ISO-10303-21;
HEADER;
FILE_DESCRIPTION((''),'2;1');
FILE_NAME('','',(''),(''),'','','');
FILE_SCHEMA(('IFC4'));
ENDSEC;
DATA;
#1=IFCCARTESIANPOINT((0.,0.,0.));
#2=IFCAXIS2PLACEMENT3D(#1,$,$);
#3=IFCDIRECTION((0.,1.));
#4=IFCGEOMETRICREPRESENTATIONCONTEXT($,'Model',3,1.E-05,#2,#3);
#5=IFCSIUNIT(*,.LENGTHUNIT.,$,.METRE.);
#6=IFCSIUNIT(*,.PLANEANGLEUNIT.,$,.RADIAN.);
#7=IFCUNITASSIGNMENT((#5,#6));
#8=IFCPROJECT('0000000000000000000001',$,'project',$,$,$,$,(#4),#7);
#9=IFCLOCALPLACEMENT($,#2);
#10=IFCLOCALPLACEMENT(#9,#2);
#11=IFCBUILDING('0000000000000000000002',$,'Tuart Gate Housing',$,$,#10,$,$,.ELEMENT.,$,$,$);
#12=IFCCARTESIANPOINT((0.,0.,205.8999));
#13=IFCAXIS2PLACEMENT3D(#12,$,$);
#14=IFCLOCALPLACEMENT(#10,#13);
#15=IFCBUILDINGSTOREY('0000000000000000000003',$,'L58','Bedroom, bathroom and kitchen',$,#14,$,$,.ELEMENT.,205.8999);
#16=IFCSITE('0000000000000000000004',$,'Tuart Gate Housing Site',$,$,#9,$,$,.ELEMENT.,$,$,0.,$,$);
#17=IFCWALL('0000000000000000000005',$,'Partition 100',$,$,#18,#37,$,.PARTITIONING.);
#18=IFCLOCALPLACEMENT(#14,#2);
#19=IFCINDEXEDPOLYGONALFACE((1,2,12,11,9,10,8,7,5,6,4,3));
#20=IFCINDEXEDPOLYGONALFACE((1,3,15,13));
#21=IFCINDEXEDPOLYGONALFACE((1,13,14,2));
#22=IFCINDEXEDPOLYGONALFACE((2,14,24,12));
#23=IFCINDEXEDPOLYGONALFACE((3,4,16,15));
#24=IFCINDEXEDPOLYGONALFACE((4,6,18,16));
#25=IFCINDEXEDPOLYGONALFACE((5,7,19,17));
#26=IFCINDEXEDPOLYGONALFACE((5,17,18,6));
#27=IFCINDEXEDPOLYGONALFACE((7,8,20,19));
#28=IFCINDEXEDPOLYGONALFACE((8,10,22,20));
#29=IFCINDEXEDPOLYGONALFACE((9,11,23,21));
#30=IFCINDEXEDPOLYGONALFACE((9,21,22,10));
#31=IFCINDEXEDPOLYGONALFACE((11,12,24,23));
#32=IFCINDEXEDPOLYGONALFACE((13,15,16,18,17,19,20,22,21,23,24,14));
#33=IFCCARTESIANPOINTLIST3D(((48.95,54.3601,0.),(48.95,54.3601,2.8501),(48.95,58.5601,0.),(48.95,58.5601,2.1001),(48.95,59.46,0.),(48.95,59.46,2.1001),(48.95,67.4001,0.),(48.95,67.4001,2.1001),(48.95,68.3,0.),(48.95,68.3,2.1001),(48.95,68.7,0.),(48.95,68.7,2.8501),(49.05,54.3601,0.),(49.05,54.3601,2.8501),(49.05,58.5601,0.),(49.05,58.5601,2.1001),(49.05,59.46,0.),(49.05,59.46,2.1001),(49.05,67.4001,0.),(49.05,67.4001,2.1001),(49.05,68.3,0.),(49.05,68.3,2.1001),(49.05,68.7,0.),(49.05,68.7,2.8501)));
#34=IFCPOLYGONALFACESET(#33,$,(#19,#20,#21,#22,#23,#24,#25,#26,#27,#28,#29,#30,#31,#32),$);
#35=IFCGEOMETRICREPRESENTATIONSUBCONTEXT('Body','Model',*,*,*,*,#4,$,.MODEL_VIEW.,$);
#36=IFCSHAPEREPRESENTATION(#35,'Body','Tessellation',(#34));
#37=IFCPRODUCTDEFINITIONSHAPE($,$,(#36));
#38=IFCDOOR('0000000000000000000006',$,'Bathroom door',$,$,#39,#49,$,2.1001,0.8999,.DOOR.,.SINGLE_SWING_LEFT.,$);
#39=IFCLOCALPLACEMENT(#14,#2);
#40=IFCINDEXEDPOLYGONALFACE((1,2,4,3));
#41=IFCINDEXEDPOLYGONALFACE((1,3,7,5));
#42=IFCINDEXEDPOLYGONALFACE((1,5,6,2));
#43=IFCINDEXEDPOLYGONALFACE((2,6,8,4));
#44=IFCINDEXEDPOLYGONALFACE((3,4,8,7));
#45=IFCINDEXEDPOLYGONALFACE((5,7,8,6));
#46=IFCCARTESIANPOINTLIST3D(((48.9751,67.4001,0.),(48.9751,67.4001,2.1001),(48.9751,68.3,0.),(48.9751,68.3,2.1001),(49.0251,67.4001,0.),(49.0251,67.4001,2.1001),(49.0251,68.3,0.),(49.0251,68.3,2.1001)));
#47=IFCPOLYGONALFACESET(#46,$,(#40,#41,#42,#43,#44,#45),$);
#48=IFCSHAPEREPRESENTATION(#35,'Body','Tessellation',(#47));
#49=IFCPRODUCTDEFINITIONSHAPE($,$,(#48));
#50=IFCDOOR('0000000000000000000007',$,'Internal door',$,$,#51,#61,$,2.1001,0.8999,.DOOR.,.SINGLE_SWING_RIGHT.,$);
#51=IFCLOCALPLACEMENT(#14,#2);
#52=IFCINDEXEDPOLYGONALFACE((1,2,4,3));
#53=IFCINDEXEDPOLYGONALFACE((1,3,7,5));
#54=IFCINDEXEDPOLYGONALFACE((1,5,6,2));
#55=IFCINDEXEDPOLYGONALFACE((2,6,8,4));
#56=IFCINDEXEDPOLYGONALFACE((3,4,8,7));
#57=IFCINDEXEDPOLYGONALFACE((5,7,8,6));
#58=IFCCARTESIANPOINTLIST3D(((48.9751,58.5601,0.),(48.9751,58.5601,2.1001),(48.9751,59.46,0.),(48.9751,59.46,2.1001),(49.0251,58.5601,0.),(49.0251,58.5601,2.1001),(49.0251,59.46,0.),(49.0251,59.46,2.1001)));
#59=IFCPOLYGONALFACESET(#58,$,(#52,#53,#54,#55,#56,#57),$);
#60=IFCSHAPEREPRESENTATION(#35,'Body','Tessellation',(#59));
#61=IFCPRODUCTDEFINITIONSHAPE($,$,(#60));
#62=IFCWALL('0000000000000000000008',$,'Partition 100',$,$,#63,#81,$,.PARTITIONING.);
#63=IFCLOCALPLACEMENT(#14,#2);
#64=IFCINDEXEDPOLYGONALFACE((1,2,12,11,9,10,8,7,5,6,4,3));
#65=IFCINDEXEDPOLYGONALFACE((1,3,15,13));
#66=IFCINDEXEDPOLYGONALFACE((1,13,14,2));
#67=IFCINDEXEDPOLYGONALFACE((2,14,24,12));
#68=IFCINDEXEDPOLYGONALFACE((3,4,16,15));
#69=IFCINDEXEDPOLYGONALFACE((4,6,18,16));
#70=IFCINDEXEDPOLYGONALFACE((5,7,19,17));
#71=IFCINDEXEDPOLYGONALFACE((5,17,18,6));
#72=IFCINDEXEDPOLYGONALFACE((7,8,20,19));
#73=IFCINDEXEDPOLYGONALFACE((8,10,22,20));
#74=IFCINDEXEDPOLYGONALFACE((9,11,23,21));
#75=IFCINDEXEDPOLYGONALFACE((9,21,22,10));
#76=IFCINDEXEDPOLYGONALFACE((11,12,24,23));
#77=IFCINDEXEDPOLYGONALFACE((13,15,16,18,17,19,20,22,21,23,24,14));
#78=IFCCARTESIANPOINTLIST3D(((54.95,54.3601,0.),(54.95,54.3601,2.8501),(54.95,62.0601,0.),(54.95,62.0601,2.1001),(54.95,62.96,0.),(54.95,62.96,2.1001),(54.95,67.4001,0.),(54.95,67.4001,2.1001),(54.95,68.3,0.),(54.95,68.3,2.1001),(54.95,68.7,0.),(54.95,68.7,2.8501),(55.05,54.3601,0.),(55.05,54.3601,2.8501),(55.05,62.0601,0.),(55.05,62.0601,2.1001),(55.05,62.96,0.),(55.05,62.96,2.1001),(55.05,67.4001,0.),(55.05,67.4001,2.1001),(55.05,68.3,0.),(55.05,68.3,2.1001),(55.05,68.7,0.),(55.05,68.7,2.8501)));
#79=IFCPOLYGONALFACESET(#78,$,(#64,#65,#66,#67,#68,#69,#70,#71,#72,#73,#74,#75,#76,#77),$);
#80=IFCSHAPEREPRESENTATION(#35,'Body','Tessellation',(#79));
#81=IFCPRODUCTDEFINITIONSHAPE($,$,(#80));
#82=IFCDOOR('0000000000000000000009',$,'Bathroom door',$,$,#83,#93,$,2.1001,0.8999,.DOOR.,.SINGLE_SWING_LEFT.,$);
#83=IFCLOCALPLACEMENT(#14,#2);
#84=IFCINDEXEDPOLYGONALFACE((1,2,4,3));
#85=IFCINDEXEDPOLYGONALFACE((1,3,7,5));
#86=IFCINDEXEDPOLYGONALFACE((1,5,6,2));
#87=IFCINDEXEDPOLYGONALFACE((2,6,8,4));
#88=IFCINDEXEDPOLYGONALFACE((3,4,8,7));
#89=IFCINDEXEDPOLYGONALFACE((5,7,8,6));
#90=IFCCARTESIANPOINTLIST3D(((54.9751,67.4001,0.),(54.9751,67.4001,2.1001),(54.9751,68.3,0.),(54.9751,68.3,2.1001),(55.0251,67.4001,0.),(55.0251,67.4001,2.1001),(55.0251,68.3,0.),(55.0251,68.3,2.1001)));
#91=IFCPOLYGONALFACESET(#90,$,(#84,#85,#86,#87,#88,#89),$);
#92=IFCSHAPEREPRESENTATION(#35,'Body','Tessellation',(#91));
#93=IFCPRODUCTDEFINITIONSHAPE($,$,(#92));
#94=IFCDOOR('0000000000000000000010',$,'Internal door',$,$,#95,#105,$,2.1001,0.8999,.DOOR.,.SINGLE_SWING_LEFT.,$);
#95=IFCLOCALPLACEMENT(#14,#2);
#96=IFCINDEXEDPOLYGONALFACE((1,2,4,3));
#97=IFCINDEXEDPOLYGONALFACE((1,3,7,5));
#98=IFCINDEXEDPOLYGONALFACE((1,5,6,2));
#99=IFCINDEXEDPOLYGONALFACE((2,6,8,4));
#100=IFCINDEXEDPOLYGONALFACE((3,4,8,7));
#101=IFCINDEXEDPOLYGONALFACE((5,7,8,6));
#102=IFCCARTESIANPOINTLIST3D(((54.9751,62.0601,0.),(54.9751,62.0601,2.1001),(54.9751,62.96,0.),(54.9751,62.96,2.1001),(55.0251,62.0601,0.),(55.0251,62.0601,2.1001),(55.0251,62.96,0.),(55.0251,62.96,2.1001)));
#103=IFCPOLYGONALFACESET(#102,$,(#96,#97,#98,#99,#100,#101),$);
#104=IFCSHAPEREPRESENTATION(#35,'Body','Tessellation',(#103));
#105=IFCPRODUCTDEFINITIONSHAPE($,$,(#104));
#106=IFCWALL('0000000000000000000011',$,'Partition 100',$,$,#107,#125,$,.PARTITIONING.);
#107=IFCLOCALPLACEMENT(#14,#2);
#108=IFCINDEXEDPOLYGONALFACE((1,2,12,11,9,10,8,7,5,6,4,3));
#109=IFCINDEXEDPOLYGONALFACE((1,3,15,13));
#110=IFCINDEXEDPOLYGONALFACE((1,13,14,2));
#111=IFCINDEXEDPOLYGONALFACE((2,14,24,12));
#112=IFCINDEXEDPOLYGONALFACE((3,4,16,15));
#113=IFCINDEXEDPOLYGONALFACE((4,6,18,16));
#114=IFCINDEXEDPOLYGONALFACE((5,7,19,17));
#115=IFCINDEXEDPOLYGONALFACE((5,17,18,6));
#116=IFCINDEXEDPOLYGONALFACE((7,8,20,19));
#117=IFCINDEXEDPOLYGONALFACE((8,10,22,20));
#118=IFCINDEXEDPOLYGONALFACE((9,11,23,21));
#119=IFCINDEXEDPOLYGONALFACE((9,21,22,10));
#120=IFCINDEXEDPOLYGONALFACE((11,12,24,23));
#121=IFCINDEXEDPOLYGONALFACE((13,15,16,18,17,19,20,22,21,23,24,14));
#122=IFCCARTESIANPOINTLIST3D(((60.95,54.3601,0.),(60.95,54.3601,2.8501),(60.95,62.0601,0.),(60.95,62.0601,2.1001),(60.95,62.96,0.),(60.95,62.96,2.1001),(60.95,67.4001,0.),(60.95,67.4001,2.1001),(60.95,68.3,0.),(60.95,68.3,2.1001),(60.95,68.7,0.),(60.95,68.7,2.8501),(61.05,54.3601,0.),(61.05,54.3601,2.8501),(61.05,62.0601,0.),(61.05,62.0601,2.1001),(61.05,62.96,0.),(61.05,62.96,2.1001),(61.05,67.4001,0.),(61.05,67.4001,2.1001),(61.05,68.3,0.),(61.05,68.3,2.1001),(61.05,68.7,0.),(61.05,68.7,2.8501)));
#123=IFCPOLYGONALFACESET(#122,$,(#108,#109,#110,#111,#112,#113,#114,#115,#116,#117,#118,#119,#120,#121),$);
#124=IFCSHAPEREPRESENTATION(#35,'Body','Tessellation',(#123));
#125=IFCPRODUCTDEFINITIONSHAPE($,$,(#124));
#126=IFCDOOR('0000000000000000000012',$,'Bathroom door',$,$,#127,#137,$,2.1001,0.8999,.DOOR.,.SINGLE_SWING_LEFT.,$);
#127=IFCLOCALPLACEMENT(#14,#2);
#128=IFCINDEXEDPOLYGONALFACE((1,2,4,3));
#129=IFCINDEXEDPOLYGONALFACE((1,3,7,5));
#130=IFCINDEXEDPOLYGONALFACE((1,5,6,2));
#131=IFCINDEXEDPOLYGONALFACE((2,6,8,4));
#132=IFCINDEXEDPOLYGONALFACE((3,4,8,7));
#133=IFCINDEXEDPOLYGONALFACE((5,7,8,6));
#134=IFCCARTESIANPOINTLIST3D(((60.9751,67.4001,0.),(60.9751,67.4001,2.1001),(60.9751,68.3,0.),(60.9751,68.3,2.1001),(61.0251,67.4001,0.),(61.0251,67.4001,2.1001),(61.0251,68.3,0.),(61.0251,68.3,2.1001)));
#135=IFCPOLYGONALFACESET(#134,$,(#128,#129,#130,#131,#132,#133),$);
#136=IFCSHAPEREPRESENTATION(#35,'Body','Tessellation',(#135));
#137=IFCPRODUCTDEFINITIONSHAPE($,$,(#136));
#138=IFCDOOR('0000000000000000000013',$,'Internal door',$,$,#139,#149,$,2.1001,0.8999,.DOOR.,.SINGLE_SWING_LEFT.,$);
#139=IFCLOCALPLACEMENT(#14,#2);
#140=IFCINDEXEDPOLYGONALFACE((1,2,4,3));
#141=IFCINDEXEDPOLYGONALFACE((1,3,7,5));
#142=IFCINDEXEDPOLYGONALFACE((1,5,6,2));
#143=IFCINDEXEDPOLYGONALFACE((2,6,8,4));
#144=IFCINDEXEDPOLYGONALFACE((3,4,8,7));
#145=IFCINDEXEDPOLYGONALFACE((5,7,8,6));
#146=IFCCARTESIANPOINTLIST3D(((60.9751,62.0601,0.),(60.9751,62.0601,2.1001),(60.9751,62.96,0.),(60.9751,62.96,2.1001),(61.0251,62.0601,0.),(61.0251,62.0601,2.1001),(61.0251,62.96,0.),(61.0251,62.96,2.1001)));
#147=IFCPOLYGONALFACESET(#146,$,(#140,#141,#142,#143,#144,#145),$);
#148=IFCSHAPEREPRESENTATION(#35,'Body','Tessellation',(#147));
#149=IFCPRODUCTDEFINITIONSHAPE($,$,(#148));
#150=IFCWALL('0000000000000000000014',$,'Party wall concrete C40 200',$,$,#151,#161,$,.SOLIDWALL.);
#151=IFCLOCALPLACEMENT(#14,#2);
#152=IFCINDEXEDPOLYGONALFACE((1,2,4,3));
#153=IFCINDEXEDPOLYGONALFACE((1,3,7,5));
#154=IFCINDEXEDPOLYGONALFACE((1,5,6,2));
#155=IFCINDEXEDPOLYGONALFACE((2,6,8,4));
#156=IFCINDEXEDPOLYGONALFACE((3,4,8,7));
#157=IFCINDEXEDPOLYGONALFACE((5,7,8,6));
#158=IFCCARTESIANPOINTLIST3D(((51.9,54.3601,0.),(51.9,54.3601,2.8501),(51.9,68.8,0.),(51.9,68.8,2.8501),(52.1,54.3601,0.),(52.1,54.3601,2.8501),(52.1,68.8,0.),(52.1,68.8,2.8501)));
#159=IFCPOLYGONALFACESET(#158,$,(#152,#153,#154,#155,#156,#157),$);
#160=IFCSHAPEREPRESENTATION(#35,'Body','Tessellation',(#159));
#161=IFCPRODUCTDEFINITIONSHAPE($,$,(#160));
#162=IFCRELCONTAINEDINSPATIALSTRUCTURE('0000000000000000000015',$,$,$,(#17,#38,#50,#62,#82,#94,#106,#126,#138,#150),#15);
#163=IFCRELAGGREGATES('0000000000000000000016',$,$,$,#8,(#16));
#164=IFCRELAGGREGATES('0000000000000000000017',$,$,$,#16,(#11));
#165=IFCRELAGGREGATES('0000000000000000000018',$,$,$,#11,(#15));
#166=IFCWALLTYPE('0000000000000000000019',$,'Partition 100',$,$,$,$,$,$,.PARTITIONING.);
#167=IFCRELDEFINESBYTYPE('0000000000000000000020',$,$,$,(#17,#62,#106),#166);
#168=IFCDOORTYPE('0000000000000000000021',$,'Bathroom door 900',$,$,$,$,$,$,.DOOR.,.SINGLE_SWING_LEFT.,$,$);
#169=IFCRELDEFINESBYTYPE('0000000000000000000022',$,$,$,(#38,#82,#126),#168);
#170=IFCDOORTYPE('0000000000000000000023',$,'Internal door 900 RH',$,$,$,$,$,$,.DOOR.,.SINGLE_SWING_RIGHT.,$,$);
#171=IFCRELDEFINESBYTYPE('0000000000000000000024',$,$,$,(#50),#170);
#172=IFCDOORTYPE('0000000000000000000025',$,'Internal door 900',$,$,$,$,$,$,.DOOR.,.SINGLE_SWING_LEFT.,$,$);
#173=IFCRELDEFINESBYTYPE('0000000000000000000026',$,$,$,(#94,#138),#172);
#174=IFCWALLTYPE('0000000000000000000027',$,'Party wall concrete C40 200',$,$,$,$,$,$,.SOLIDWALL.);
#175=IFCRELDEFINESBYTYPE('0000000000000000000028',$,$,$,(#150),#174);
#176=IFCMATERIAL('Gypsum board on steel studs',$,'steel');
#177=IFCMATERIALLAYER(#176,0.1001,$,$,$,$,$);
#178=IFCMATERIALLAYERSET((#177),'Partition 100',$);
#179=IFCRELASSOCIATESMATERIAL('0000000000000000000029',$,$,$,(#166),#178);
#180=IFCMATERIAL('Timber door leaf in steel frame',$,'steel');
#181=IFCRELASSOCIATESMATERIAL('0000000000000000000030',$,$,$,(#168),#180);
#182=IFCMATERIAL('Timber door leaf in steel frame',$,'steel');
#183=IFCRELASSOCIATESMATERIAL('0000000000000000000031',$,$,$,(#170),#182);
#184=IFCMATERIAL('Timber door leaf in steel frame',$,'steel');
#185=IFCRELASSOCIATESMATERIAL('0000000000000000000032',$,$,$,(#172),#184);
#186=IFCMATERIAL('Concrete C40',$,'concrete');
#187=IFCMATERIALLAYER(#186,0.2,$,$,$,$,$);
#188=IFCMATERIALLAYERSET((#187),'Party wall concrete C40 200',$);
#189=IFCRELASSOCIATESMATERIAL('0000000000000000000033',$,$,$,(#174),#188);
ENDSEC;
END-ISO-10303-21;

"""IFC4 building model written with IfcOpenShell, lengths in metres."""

from ifc_helpers import new_model, si_unit, direction, frame, frame_2d, origin, place, context, subcontext, project, spatial, rectangle, extrude, material, layer, layer_set, type_object, element, fill, save


model = new_model("IFC4")

# Units and contexts
model_context = context("Model", 3, precision=1e-05, world=origin(), true_north=direction((0.0, 1.0)))
body_context = subcontext(model_context, "Body", "Model", "MODEL_VIEW")
ifc_project = project(units=[si_unit("LENGTHUNIT", "METRE"), si_unit("PLANEANGLEUNIT", "RADIAN")], contexts=[model_context])

# Site, building, storey
site_placement = place(None, origin())
site = spatial("IfcSite", under=ifc_project, at=site_placement, Name="Tuart Gate Housing Site", CompositionType="ELEMENT", RefElevation=0.0)
building_placement = place(site_placement, origin())
building = spatial("IfcBuilding", under=site, at=building_placement, Name="Tuart Gate Housing", CompositionType="ELEMENT")
storey_placement = place(building_placement, frame((0.0, 0.0, 205.8999)))
storey = spatial("IfcBuildingStorey", under=building, at=storey_placement, Name="L58", Description="Bedroom, bathroom and kitchen", CompositionType="ELEMENT", Elevation=205.8999)

# Walls, openings, doors
ifc_material_1 = material(Name="Gypsum board on steel studs", Category="steel")
ifc_layer_1 = layer(ifc_material_1, 0.1001)
ifc_layer_set_1 = layer_set([ifc_layer_1], Name="Partition 100")
wall_type_1 = type_object("IfcWallType", Name="Partition 100", PredefinedType="PARTITIONING", material=ifc_layer_set_1)
wall_1_placement = place(storey_placement, frame((49.0, 54.3601, 0.0), z_axis=(0.0, 0.0, 1.0), x_axis=(0.0, 1.0, 0.0)))
wall_1 = element("IfcWall", 1, at=wall_1_placement, inside=storey, type_object=wall_type_1, Name="Partition 100", PredefinedType="PARTITIONING", context=body_context, shape_type="SweptSolid", body=[
    extrude(rectangle(XDim=14.3398, YDim=0.1001, at=frame_2d((7.1699, 0.0))), origin(), (0.0, 0.0, 1.0), 2.8501),
])
opening_1_placement = place(wall_1_placement, frame((4.2, 0.0, 0.0)))
opening_1 = element("IfcOpeningElement", 2, at=opening_1_placement, cuts=wall_1, PredefinedType="OPENING", context=body_context, shape_type="SweptSolid", body=[
    extrude(rectangle(XDim=0.8999, YDim=2.1001, at=frame_2d((0.45, 1.05))), frame((0.0, 0.0601, 0.0), z_axis=(0.0, -1.0, 0.0), x_axis=(1.0, 0.0, 0.0)), (0.0, 0.0, 1.0), 0.1201),
])
opening_2_placement = place(wall_1_placement, frame((13.04, 0.0, 0.0)))
opening_2 = element("IfcOpeningElement", 3, at=opening_2_placement, cuts=wall_1, PredefinedType="OPENING", context=body_context, shape_type="SweptSolid", body=[
    extrude(rectangle(XDim=0.8999, YDim=2.1001, at=frame_2d((0.45, 1.05))), frame((0.0, 0.0601, 0.0), z_axis=(0.0, -1.0, 0.0), x_axis=(1.0, 0.0, 0.0)), (0.0, 0.0, 1.0), 0.1201),
])
ifc_material_2 = material(Name="Timber door leaf in steel frame", Category="steel")
door_type_1 = type_object("IfcDoorType", Name="Bathroom door 900", OperationType="SINGLE_SWING_LEFT", PredefinedType="DOOR", material=ifc_material_2)
door_1_placement = place(opening_2_placement, frame((0.8999, 0.0, 0.0), z_axis=(0.0, 0.0, 1.0), x_axis=(-1.0, 0.0, 0.0)))
door_1 = element("IfcDoor", 4, at=door_1_placement, inside=storey, type_object=door_type_1, Name="Bathroom door", OperationType="SINGLE_SWING_LEFT", OverallHeight=2.1001, OverallWidth=0.8999, PredefinedType="DOOR", context=body_context, shape_type="SweptSolid", body=[
    extrude(rectangle(XDim=0.8999, YDim=2.1001, at=frame_2d((0.45, 1.05))), frame((0.0, 0.0251, 0.0), z_axis=(0.0, -1.0, 0.0), x_axis=(1.0, 0.0, 0.0)), (0.0, 0.0, 1.0), 0.05),
])
fill(opening_2, door_1)
ifc_material_3 = material(Name="Timber door leaf in steel frame", Category="steel")
door_type_2 = type_object("IfcDoorType", Name="Internal door 900 RH", OperationType="SINGLE_SWING_RIGHT", PredefinedType="DOOR", material=ifc_material_3)
door_2_placement = place(opening_1_placement, frame((0.8999, 0.0, 0.0), z_axis=(0.0, 0.0, 1.0), x_axis=(-1.0, 0.0, 0.0)))
door_2 = element("IfcDoor", 5, at=door_2_placement, inside=storey, type_object=door_type_2, Name="Internal door", OperationType="SINGLE_SWING_RIGHT", OverallHeight=2.1001, OverallWidth=0.8999, PredefinedType="DOOR", context=body_context, shape_type="SweptSolid", body=[
    extrude(rectangle(XDim=0.8999, YDim=2.1001, at=frame_2d((0.45, 1.05))), frame((0.0, 0.0251, 0.0), z_axis=(0.0, -1.0, 0.0), x_axis=(1.0, 0.0, 0.0)), (0.0, 0.0, 1.0), 0.05),
])
fill(opening_1, door_2)
wall_2_placement = place(storey_placement, frame((55.0, 54.3601, 0.0), z_axis=(0.0, 0.0, 1.0), x_axis=(0.0, 1.0, 0.0)))
wall_2 = element("IfcWall", 6, at=wall_2_placement, inside=storey, type_object=wall_type_1, Name="Partition 100", PredefinedType="PARTITIONING", context=body_context, shape_type="SweptSolid", body=[
    extrude(rectangle(XDim=14.3398, YDim=0.1001, at=frame_2d((7.1699, 0.0))), origin(), (0.0, 0.0, 1.0), 2.8501),
])
opening_3_placement = place(wall_2_placement, frame((7.7, 0.0, 0.0)))
opening_3 = element("IfcOpeningElement", 7, at=opening_3_placement, cuts=wall_2, PredefinedType="OPENING", context=body_context, shape_type="SweptSolid", body=[
    extrude(rectangle(XDim=0.8999, YDim=2.1001, at=frame_2d((0.45, 1.05))), frame((0.0, 0.0601, 0.0), z_axis=(0.0, -1.0, 0.0), x_axis=(1.0, 0.0, 0.0)), (0.0, 0.0, 1.0), 0.1201),
])
opening_4_placement = place(wall_2_placement, frame((13.04, 0.0, 0.0)))
opening_4 = element("IfcOpeningElement", 8, at=opening_4_placement, cuts=wall_2, PredefinedType="OPENING", context=body_context, shape_type="SweptSolid", body=[
    extrude(rectangle(XDim=0.8999, YDim=2.1001, at=frame_2d((0.45, 1.05))), frame((0.0, 0.0601, 0.0), z_axis=(0.0, -1.0, 0.0), x_axis=(1.0, 0.0, 0.0)), (0.0, 0.0, 1.0), 0.1201),
])
door_3_placement = place(opening_4_placement, frame((0.8999, 0.0, 0.0), z_axis=(0.0, 0.0, 1.0), x_axis=(-1.0, 0.0, 0.0)))
door_3 = element("IfcDoor", 9, at=door_3_placement, inside=storey, type_object=door_type_1, Name="Bathroom door", OperationType="SINGLE_SWING_LEFT", OverallHeight=2.1001, OverallWidth=0.8999, PredefinedType="DOOR", context=body_context, shape_type="SweptSolid", body=[
    extrude(rectangle(XDim=0.8999, YDim=2.1001, at=frame_2d((0.45, 1.05))), frame((0.0, 0.0251, 0.0), z_axis=(0.0, -1.0, 0.0), x_axis=(1.0, 0.0, 0.0)), (0.0, 0.0, 1.0), 0.05),
])
fill(opening_4, door_3)
ifc_material_4 = material(Name="Timber door leaf in steel frame", Category="steel")
door_type_3 = type_object("IfcDoorType", Name="Internal door 900", OperationType="SINGLE_SWING_LEFT", PredefinedType="DOOR", material=ifc_material_4)
door_4_placement = place(opening_3_placement, frame((0.8999, 0.0, 0.0), z_axis=(0.0, 0.0, 1.0), x_axis=(-1.0, 0.0, 0.0)))
door_4 = element("IfcDoor", 10, at=door_4_placement, inside=storey, type_object=door_type_3, Name="Internal door", OperationType="SINGLE_SWING_LEFT", OverallHeight=2.1001, OverallWidth=0.8999, PredefinedType="DOOR", context=body_context, shape_type="SweptSolid", body=[
    extrude(rectangle(XDim=0.8999, YDim=2.1001, at=frame_2d((0.45, 1.05))), frame((0.0, 0.0251, 0.0), z_axis=(0.0, -1.0, 0.0), x_axis=(1.0, 0.0, 0.0)), (0.0, 0.0, 1.0), 0.05),
])
fill(opening_3, door_4)
wall_3_placement = place(storey_placement, frame((61.0, 54.3601, 0.0), z_axis=(0.0, 0.0, 1.0), x_axis=(0.0, 1.0, 0.0)))
wall_3 = element("IfcWall", 11, at=wall_3_placement, inside=storey, type_object=wall_type_1, Name="Partition 100", PredefinedType="PARTITIONING", context=body_context, shape_type="SweptSolid", body=[
    extrude(rectangle(XDim=14.3398, YDim=0.1001, at=frame_2d((7.1699, 0.0))), origin(), (0.0, 0.0, 1.0), 2.8501),
])
opening_5_placement = place(wall_3_placement, frame((7.7, 0.0, 0.0)))
opening_5 = element("IfcOpeningElement", 12, at=opening_5_placement, cuts=wall_3, PredefinedType="OPENING", context=body_context, shape_type="SweptSolid", body=[
    extrude(rectangle(XDim=0.8999, YDim=2.1001, at=frame_2d((0.45, 1.05))), frame((0.0, 0.0601, 0.0), z_axis=(0.0, -1.0, 0.0), x_axis=(1.0, 0.0, 0.0)), (0.0, 0.0, 1.0), 0.1201),
])
opening_6_placement = place(wall_3_placement, frame((13.04, 0.0, 0.0)))
opening_6 = element("IfcOpeningElement", 13, at=opening_6_placement, cuts=wall_3, PredefinedType="OPENING", context=body_context, shape_type="SweptSolid", body=[
    extrude(rectangle(XDim=0.8999, YDim=2.1001, at=frame_2d((0.45, 1.05))), frame((0.0, 0.0601, 0.0), z_axis=(0.0, -1.0, 0.0), x_axis=(1.0, 0.0, 0.0)), (0.0, 0.0, 1.0), 0.1201),
])
door_5_placement = place(opening_6_placement, frame((0.8999, 0.0, 0.0), z_axis=(0.0, 0.0, 1.0), x_axis=(-1.0, 0.0, 0.0)))
door_5 = element("IfcDoor", 14, at=door_5_placement, inside=storey, type_object=door_type_1, Name="Bathroom door", OperationType="SINGLE_SWING_LEFT", OverallHeight=2.1001, OverallWidth=0.8999, PredefinedType="DOOR", context=body_context, shape_type="SweptSolid", body=[
    extrude(rectangle(XDim=0.8999, YDim=2.1001, at=frame_2d((0.45, 1.05))), frame((0.0, 0.0251, 0.0), z_axis=(0.0, -1.0, 0.0), x_axis=(1.0, 0.0, 0.0)), (0.0, 0.0, 1.0), 0.05),
])
fill(opening_6, door_5)
door_6_placement = place(opening_5_placement, frame((0.8999, 0.0, 0.0), z_axis=(0.0, 0.0, 1.0), x_axis=(-1.0, 0.0, 0.0)))
door_6 = element("IfcDoor", 15, at=door_6_placement, inside=storey, type_object=door_type_3, Name="Internal door", OperationType="SINGLE_SWING_LEFT", OverallHeight=2.1001, OverallWidth=0.8999, PredefinedType="DOOR", context=body_context, shape_type="SweptSolid", body=[
    extrude(rectangle(XDim=0.8999, YDim=2.1001, at=frame_2d((0.45, 1.05))), frame((0.0, 0.0251, 0.0), z_axis=(0.0, -1.0, 0.0), x_axis=(1.0, 0.0, 0.0)), (0.0, 0.0, 1.0), 0.05),
])
fill(opening_5, door_6)

# Wall
ifc_material_5 = material(Name="Concrete C40", Category="concrete")
ifc_layer_2 = layer(ifc_material_5, 0.2)
ifc_layer_set_2 = layer_set([ifc_layer_2], Name="Party wall concrete C40 200")
wall_type_2 = type_object("IfcWallType", Name="Party wall concrete C40 200", PredefinedType="SOLIDWALL", material=ifc_layer_set_2)
for number, where, z_axis, x_axis, name in (
    (16, (52.0, 54.3601, 0.0), (0.0, 0.0, 1.0), (0.0, 1.0, 0.0), "Party wall concrete C40 200"),
):
    element("IfcWall", number, at=place(storey_placement, frame(where, z_axis=z_axis, x_axis=x_axis)), inside=storey, type_object=wall_type_2, Name=name, PredefinedType="SOLIDWALL", context=body_context, shape_type="SweptSolid", body=[
        extrude(rectangle(XDim=14.4399, YDim=0.2, at=frame_2d((7.22, 0.0))), origin(), (0.0, 0.0, 1.0), 2.8501),
    ])

save(model, "model.ifc")
